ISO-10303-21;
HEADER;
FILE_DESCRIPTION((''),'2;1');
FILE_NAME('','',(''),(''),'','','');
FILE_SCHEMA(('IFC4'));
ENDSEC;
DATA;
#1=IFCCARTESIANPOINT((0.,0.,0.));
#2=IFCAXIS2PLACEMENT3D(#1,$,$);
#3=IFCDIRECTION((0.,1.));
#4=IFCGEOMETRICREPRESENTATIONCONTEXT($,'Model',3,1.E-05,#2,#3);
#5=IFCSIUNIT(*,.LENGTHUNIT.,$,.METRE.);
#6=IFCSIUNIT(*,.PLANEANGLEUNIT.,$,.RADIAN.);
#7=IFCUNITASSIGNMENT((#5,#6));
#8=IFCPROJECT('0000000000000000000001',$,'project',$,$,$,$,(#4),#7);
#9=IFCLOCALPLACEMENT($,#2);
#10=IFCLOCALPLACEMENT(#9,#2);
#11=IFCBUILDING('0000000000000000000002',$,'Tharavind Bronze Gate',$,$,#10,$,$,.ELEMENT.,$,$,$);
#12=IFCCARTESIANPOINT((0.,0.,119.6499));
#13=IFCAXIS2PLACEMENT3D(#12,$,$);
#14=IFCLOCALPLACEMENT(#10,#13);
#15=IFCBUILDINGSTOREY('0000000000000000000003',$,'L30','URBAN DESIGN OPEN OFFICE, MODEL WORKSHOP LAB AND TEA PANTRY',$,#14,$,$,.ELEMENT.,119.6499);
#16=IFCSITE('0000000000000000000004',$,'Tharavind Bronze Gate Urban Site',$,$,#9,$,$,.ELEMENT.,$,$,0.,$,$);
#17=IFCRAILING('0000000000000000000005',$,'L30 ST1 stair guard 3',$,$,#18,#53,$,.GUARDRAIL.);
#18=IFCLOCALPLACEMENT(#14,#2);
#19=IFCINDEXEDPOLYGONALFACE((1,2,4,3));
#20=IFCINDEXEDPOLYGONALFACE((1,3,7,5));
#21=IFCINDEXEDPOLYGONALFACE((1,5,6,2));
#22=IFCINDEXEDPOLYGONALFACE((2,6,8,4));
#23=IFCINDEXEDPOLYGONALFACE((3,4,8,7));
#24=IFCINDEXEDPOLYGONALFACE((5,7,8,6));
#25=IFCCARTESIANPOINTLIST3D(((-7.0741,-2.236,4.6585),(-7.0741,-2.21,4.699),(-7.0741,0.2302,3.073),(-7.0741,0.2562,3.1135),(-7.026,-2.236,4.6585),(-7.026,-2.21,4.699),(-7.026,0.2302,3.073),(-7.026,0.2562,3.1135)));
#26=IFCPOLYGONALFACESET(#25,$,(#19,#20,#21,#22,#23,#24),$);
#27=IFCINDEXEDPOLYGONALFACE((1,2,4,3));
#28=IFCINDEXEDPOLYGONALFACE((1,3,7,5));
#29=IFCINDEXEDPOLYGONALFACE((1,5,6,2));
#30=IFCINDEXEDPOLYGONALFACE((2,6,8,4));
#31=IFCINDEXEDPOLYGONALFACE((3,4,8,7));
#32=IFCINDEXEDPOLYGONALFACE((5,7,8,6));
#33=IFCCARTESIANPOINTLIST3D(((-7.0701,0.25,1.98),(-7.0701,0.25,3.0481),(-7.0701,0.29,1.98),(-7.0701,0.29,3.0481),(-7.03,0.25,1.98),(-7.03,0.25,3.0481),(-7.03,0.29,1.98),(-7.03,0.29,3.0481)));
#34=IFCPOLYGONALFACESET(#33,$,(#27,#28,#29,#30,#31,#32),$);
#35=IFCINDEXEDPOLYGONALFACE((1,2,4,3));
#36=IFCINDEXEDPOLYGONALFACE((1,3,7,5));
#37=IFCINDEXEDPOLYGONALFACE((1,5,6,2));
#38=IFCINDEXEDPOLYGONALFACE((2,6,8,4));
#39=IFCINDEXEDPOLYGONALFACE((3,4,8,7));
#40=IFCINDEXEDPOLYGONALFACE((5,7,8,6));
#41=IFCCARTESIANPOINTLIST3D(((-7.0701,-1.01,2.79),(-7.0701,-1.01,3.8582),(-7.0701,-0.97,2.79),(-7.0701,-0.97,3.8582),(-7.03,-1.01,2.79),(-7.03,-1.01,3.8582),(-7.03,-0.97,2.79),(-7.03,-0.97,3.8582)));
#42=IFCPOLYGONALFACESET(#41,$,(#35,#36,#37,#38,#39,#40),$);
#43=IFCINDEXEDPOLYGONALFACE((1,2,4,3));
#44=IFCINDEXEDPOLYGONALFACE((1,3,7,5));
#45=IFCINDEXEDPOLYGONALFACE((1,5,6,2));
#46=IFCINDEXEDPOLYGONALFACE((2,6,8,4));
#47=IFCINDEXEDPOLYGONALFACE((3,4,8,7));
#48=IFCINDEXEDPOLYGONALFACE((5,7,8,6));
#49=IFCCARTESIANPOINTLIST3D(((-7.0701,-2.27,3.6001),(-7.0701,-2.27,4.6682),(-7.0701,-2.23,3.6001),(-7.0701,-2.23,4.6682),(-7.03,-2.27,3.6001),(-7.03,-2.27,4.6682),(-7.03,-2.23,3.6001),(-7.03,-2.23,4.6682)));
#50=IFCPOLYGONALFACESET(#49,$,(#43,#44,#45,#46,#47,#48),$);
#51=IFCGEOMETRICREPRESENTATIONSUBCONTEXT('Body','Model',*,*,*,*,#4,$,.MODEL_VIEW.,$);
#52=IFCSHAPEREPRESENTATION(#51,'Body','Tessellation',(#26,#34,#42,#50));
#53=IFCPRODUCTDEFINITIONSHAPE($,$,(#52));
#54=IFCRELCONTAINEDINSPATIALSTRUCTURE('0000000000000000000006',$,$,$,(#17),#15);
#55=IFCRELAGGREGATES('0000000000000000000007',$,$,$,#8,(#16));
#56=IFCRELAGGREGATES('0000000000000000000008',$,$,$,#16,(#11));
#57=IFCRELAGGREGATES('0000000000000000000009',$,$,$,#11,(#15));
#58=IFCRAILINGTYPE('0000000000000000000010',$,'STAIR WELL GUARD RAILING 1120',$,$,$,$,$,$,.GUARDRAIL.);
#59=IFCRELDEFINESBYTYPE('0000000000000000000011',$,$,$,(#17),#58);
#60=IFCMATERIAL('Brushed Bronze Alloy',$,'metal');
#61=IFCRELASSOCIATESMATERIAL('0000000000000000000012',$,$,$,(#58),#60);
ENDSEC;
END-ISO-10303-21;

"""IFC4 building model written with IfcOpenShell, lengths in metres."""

from ifc_helpers import new_model, si_unit, direction, frame, origin, origin_2d, place, context, subcontext, project, spatial, rectangle, extrude, material, type_object, element, save


model = new_model("IFC4")

# Units and contexts
model_context = context("Model", 3, precision=1e-05, world=origin(), true_north=direction((0.0, 1.0)))
body_context = subcontext(model_context, "Body", "Model", "MODEL_VIEW")
ifc_project = project(units=[si_unit("LENGTHUNIT", "METRE"), si_unit("PLANEANGLEUNIT", "RADIAN")], contexts=[model_context])

# Site, building, storey
site_placement = place(None, origin())
site = spatial("IfcSite", under=ifc_project, at=site_placement, Name="Tharavind Bronze Gate Urban Site", CompositionType="ELEMENT", RefElevation=0.0)
building_placement = place(site_placement, origin())
building = spatial("IfcBuilding", under=site, at=building_placement, Name="Tharavind Bronze Gate", CompositionType="ELEMENT")
storey_placement = place(building_placement, frame((0.0, 0.0, 119.6499)))
storey = spatial("IfcBuildingStorey", under=building, at=storey_placement, Name="L30", Description="URBAN DESIGN OPEN OFFICE, MODEL WORKSHOP LAB AND TEA PANTRY", CompositionType="ELEMENT", Elevation=119.6499)

# Railing
ifc_material_1 = material(Name="Brushed Bronze Alloy", Category="metal")
railing_type_1 = type_object("IfcRailingType", Name="STAIR WELL GUARD RAILING 1120", PredefinedType="GUARDRAIL", material=ifc_material_1)
railing_1_placement = place(storey_placement, frame((-7.05, 0.27, 1.98)))
element("IfcRailing", 1, at=railing_1_placement, inside=storey, type_object=railing_type_1, Name="L30 ST1 stair guard 3", PredefinedType="GUARDRAIL", context=body_context, shape_type="SweptSolid", body=[
    extrude(rectangle(XDim=0.0481, YDim=0.0481, at=origin_2d()), frame((0.0, -0.0269, 1.1133), z_axis=(0.0, -0.841163, 0.540782), x_axis=(1.0, 0.0, 0.0)), (0.0, 0.0, 1.0), 2.9319),
    extrude(rectangle(XDim=0.04, YDim=0.04, at=origin_2d()), origin(), (0.0, 0.0, 1.0), 1.0681),
    extrude(rectangle(XDim=0.04, YDim=0.04, at=origin_2d()), frame((0.0, -1.26, 0.8101)), (0.0, 0.0, 1.0), 1.0681),
    extrude(rectangle(XDim=0.04, YDim=0.04, at=origin_2d()), frame((0.0, -2.52, 1.6201)), (0.0, 0.0, 1.0), 1.0681),
])

save(model, "model.ifc")
